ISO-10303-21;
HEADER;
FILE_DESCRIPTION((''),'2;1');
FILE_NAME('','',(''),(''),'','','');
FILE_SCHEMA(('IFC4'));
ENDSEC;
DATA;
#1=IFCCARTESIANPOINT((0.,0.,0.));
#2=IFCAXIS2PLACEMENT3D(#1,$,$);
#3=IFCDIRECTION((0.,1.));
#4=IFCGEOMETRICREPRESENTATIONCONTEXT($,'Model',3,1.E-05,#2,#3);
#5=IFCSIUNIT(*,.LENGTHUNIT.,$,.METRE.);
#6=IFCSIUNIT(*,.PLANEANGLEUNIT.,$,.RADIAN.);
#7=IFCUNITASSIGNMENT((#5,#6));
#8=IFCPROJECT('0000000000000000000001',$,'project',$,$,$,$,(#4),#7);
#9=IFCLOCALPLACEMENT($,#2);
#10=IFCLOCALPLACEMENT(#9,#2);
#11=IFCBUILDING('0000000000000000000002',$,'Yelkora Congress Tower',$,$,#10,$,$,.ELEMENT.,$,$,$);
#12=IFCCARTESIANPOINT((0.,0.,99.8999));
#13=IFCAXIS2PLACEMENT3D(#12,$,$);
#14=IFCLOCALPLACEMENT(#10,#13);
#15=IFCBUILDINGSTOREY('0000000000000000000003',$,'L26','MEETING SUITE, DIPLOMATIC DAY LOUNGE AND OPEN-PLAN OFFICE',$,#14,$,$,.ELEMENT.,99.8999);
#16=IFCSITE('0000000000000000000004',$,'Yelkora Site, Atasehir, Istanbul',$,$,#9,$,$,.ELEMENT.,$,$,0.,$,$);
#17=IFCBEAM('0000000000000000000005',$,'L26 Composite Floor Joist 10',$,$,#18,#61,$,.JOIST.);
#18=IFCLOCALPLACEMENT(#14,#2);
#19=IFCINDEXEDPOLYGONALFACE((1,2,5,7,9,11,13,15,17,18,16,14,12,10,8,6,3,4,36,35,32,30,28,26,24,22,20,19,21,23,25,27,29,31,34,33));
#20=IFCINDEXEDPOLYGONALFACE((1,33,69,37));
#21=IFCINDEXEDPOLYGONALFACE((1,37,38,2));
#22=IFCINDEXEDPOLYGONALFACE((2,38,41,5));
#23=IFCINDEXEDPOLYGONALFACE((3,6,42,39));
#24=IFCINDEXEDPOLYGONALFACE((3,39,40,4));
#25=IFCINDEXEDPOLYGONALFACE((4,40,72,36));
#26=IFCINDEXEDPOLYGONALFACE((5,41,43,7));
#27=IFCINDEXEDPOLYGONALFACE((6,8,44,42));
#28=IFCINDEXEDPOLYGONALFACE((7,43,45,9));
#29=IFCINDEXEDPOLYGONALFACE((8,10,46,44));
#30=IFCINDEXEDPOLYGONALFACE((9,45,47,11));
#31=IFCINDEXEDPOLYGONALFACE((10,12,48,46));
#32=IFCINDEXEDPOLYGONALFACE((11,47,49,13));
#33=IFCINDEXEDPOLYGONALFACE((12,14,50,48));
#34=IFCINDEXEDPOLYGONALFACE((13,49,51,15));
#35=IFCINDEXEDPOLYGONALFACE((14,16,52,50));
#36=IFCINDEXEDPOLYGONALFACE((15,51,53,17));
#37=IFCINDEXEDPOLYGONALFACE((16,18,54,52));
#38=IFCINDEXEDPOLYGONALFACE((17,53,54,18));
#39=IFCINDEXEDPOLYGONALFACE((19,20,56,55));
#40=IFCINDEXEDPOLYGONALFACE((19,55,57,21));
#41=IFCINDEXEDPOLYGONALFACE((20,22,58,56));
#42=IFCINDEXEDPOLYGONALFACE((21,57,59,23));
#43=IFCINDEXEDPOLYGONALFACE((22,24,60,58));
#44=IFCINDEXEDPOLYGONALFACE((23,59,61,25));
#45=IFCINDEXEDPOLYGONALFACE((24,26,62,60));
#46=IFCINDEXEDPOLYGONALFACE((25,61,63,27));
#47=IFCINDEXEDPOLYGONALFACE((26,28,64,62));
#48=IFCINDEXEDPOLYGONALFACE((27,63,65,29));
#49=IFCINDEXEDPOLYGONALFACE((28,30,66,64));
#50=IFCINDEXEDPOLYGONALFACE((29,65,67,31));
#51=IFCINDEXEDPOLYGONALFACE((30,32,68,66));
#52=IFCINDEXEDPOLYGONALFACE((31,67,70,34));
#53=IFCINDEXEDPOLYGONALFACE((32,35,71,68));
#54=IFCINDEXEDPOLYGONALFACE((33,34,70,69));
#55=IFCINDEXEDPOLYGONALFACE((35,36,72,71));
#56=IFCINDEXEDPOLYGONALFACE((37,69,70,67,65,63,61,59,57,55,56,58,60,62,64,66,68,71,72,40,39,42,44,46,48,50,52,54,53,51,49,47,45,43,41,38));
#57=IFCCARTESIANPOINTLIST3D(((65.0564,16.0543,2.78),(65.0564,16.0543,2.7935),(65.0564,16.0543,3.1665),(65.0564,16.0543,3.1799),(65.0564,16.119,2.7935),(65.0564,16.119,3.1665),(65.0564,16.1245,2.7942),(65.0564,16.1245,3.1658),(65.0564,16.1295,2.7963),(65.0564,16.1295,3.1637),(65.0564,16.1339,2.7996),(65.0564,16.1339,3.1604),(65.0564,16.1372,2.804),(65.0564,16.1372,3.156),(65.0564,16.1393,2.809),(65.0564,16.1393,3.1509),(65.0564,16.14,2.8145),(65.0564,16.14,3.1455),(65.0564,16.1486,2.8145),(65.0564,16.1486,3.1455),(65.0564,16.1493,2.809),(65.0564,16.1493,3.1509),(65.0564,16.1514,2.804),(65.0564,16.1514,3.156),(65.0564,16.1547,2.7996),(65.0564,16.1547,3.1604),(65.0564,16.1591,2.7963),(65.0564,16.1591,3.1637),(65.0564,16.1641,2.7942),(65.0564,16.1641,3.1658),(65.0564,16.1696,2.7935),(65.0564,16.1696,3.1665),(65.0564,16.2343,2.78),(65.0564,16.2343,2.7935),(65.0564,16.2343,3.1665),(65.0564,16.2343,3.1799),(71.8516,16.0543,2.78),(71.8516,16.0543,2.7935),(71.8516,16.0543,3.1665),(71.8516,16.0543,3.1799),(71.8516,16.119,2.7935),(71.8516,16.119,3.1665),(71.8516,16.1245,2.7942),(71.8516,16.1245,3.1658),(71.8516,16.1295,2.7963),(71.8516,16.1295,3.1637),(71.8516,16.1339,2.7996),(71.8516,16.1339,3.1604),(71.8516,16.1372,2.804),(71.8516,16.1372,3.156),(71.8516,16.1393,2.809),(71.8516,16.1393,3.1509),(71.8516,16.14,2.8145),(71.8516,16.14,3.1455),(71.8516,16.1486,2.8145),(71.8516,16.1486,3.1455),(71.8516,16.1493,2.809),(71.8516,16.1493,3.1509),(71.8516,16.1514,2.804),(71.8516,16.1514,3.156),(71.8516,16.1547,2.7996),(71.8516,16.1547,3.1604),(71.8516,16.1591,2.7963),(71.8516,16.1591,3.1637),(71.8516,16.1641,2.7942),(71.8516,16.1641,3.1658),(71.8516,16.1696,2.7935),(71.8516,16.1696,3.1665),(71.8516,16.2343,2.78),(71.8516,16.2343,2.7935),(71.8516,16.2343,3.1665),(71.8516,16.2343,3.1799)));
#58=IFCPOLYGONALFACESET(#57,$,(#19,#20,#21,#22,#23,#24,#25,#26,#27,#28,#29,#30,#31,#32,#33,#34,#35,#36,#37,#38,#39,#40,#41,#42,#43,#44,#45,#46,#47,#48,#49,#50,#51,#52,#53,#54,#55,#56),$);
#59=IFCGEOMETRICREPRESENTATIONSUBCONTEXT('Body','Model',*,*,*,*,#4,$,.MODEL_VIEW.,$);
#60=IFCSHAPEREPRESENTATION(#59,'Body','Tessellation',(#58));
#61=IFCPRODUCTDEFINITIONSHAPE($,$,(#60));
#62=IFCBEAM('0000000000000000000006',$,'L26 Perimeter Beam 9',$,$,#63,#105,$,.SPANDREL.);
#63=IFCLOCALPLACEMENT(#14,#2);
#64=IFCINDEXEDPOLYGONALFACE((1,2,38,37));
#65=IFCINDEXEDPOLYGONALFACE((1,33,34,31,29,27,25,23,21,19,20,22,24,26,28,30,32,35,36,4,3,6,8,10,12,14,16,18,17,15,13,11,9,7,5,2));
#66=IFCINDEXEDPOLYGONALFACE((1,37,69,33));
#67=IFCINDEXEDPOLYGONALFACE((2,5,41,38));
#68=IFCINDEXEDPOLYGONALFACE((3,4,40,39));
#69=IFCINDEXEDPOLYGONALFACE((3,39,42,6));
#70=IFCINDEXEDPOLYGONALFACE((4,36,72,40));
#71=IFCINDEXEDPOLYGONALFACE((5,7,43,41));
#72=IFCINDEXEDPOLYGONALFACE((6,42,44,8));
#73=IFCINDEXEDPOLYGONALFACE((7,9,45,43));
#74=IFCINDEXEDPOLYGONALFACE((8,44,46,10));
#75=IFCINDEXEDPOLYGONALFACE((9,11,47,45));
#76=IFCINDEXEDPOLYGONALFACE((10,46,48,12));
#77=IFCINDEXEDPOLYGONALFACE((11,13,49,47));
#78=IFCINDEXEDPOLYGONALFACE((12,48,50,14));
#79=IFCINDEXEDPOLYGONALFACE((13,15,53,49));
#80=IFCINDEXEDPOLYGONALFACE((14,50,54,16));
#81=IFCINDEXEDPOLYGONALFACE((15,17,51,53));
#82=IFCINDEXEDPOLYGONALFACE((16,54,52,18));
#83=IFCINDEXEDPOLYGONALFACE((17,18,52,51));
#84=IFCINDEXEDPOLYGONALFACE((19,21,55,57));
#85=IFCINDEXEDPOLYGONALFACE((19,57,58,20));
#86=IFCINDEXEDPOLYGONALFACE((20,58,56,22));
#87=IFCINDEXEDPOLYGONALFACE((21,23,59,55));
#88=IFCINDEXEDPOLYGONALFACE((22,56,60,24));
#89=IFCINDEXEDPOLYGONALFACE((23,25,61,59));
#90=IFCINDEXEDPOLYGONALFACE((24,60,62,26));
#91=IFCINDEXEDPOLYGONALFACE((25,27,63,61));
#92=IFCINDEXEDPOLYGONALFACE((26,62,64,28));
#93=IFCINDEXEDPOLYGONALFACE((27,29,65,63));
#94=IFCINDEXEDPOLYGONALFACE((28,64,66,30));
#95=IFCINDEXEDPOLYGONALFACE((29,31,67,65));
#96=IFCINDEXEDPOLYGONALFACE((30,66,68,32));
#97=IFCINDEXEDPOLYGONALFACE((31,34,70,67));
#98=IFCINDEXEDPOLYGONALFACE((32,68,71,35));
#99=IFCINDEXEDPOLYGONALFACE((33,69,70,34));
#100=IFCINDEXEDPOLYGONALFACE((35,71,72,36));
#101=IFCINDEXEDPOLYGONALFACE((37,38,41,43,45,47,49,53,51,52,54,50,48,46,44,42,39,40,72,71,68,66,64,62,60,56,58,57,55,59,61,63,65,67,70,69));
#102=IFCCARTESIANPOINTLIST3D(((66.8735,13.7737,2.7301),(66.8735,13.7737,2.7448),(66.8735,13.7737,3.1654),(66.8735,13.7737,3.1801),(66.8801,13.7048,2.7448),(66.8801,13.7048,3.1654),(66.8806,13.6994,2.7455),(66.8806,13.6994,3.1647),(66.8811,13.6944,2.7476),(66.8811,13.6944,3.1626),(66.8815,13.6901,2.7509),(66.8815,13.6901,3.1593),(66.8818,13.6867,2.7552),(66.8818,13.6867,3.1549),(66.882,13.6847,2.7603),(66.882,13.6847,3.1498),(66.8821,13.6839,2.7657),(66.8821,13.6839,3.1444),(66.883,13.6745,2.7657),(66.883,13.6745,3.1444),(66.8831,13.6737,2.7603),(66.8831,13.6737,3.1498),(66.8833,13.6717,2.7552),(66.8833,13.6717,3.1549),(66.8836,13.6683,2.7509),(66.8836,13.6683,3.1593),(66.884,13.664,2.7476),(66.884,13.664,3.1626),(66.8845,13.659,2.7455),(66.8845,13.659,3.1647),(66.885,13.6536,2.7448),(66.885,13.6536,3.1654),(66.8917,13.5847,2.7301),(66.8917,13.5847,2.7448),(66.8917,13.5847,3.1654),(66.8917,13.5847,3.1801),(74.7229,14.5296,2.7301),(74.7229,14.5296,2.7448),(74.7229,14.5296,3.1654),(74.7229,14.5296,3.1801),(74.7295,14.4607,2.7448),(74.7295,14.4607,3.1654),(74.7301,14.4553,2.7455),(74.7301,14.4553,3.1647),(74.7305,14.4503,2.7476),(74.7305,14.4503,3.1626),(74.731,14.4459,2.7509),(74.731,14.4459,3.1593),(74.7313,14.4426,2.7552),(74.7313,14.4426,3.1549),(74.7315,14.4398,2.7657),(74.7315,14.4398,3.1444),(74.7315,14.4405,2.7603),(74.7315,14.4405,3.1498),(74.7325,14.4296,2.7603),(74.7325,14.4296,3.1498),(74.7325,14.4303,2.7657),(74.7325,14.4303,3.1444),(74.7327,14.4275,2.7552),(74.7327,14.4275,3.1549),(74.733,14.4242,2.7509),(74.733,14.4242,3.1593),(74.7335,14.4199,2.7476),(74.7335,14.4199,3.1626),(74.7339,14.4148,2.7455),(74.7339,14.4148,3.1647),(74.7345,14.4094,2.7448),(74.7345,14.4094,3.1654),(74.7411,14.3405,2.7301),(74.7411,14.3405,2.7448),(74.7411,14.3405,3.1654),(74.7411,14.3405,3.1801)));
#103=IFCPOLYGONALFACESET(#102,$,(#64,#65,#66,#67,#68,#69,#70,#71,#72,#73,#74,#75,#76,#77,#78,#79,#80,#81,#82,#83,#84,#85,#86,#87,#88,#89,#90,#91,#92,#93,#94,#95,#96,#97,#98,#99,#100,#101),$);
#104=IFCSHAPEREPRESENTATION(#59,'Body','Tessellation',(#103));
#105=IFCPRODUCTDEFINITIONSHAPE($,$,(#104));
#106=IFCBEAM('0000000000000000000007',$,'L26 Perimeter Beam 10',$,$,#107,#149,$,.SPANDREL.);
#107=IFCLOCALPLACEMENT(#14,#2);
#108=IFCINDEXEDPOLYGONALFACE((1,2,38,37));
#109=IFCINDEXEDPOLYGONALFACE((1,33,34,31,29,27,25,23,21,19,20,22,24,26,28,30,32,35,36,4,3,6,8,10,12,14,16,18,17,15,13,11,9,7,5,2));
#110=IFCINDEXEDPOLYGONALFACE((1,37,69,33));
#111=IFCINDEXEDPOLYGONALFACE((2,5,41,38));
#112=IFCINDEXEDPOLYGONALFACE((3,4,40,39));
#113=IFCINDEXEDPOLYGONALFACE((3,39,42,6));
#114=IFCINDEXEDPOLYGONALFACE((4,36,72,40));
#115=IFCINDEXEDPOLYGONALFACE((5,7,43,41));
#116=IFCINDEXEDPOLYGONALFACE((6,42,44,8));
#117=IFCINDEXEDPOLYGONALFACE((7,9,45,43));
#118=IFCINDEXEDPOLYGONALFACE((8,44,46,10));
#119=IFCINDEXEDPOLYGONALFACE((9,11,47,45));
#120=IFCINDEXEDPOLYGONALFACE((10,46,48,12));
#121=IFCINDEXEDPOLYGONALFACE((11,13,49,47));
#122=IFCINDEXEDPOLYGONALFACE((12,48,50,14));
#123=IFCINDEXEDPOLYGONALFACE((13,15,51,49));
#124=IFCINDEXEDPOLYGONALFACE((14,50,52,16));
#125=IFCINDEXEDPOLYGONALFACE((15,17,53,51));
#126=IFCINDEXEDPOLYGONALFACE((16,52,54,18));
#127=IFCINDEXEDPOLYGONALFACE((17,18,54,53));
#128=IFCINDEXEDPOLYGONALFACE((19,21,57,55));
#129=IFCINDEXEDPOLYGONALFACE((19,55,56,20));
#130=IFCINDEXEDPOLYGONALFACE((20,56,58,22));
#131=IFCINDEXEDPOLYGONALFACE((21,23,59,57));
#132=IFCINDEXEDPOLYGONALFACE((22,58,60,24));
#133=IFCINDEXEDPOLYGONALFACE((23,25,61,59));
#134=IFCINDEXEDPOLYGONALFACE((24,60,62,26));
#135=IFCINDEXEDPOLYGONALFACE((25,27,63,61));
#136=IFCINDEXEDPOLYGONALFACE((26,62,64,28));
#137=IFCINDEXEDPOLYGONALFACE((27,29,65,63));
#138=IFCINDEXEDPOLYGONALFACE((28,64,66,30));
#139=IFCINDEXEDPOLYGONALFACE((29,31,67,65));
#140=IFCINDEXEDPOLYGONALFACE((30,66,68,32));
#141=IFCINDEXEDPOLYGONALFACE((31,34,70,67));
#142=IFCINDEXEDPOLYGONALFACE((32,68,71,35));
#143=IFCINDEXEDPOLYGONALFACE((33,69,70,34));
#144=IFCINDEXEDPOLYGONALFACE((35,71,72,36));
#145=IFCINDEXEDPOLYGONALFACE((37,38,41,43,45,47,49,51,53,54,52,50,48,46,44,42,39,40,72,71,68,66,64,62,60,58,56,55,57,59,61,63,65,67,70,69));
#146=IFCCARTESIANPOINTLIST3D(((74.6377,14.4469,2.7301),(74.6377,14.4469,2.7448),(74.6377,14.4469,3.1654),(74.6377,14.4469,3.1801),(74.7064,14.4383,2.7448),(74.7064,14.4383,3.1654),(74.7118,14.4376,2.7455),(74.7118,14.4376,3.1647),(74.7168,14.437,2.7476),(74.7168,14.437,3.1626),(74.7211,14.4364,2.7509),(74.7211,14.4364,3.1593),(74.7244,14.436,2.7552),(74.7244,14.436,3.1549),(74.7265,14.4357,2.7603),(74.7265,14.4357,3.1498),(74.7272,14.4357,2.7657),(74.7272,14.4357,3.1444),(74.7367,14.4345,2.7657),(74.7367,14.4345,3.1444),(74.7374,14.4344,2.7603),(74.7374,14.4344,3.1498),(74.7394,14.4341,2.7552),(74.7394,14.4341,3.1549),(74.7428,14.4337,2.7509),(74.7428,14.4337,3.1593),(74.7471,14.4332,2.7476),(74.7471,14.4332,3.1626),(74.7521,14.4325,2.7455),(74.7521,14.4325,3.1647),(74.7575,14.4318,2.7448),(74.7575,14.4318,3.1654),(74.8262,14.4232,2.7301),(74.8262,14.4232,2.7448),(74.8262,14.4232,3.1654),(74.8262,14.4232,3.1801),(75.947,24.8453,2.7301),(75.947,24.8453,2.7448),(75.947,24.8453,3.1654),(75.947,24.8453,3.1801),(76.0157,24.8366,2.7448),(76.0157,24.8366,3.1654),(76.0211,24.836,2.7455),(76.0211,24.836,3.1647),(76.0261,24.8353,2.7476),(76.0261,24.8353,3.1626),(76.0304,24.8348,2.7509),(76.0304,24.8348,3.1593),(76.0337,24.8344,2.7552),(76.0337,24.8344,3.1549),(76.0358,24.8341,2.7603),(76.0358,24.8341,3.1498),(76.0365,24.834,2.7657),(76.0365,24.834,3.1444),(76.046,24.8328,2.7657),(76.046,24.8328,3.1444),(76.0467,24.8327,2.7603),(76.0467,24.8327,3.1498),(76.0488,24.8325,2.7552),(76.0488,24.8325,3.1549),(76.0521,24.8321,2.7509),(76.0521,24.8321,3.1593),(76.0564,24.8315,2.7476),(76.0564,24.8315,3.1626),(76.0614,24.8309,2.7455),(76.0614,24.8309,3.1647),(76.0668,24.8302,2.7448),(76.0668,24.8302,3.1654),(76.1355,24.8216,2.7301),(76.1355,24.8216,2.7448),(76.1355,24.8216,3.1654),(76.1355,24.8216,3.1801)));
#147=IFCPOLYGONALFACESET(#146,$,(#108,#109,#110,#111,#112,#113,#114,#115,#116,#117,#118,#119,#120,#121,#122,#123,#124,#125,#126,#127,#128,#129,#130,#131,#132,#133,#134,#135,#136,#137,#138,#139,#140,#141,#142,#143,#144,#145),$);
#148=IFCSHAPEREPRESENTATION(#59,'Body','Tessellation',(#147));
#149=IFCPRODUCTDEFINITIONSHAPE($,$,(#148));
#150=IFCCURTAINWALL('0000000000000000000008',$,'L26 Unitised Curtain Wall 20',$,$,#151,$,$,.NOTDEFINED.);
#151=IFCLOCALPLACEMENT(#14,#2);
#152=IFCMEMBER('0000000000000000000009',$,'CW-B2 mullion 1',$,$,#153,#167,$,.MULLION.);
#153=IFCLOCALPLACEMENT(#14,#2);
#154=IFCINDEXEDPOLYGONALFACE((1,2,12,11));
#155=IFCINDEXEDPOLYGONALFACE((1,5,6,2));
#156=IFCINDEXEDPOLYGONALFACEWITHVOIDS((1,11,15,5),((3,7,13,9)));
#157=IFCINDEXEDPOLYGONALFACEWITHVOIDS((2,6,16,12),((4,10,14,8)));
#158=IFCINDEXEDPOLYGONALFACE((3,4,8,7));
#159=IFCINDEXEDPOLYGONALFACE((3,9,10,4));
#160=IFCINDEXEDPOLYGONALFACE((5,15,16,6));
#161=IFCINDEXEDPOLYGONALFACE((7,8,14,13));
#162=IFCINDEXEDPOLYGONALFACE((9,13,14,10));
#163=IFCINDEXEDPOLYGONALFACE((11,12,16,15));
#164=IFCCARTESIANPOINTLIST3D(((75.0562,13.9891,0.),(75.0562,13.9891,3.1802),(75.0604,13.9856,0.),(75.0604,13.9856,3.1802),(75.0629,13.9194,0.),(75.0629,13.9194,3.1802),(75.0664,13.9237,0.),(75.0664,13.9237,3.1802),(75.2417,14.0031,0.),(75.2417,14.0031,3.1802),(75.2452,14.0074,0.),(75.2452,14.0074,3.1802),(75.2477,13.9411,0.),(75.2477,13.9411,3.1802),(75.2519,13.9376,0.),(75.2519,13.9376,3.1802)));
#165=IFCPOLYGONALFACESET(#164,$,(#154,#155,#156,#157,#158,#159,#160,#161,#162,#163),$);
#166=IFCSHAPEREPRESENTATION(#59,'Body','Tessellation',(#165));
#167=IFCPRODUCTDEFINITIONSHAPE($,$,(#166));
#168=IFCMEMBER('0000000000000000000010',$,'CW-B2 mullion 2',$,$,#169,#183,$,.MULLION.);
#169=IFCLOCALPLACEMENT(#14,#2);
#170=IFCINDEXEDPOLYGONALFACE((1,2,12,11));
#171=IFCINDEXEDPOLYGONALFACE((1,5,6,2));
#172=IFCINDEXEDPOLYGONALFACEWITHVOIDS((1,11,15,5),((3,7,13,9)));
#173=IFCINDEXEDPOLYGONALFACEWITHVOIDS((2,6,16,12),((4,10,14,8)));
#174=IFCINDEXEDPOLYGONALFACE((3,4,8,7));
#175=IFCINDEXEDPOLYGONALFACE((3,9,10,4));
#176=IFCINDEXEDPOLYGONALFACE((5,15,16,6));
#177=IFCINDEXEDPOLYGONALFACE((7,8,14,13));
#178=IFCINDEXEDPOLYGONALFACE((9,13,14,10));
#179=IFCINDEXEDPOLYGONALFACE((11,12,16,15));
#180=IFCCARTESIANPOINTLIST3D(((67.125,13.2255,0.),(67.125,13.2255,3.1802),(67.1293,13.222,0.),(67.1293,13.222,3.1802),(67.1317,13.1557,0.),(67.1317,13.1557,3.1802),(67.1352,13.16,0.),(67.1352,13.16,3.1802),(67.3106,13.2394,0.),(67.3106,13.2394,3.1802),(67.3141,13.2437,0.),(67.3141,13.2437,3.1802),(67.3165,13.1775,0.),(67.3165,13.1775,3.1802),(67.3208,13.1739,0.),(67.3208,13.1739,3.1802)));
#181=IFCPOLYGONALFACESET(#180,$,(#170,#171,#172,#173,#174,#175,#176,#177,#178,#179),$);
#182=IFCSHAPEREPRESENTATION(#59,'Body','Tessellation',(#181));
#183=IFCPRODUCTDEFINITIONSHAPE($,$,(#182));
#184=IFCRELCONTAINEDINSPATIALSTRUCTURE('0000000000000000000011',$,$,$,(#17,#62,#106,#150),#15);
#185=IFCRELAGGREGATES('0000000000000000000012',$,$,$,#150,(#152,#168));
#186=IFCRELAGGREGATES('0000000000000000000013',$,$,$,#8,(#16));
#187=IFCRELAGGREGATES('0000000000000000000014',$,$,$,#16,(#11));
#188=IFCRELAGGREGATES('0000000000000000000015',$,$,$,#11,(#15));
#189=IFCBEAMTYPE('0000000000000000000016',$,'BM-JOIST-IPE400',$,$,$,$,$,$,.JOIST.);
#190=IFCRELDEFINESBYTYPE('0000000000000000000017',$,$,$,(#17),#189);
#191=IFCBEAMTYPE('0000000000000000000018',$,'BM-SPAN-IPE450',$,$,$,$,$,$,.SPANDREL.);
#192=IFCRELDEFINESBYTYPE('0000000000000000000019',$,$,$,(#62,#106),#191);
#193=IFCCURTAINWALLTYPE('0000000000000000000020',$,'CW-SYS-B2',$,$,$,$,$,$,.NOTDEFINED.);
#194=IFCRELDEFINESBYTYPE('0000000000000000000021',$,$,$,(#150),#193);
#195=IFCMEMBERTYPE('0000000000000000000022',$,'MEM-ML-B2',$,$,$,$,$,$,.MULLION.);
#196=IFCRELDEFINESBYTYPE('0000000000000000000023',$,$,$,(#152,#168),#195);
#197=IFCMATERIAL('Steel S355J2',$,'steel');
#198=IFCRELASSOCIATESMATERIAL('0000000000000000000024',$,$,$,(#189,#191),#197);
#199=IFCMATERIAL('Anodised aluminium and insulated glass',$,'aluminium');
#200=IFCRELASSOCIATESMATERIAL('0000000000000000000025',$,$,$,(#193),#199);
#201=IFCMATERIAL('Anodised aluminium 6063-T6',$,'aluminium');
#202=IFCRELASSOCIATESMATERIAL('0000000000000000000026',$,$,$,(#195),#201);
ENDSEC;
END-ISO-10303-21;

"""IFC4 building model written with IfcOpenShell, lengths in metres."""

from ifc_helpers import new_model, si_unit, direction, frame, origin, origin_2d, place, context, subcontext, project, spatial, hollow_rectangle, i_section, extrude, material, material_profile, profile_set, type_object, element, aggregate, save


model = new_model("IFC4")

# Units and contexts
model_context = context("Model", 3, precision=1e-05, world=origin(), true_north=direction((0.0, 1.0)))
body_context = subcontext(model_context, "Body", "Model", "MODEL_VIEW")
ifc_project = project(units=[si_unit("LENGTHUNIT", "METRE"), si_unit("PLANEANGLEUNIT", "RADIAN")], contexts=[model_context])

# Site, building, storey
site_placement = place(None, origin())
site = spatial("IfcSite", under=ifc_project, at=site_placement, Name="Yelkora Site, Atasehir, Istanbul", CompositionType="ELEMENT", RefElevation=0.0)
building_placement = place(site_placement, origin())
building = spatial("IfcBuilding", under=site, at=building_placement, Name="Yelkora Congress Tower", CompositionType="ELEMENT")
storey_placement = place(building_placement, frame((0.0, 0.0, 99.8999)))
storey = spatial("IfcBuildingStorey", under=building, at=storey_placement, Name="L26", Description="MEETING SUITE, DIPLOMATIC DAY LOUNGE AND OPEN-PLAN OFFICE", CompositionType="ELEMENT", Elevation=99.8999)

# Beams
ifc_material_1 = material(Name="Steel S355J2", Category="steel")
ifc_material_profile_1 = material_profile(ifc_material_1, i_section(OverallWidth=0.1799, OverallDepth=0.3999, WebThickness=0.0085, FlangeThickness=0.0134, FilletRadius=0.021, at=origin_2d()), Name="IPE 400")
ifc_profile_set_1 = profile_set([ifc_material_profile_1], Name="Steel S355J2")
beam_type_1 = type_object("IfcBeamType", Name="BM-JOIST-IPE400", PredefinedType="JOIST", material=ifc_profile_set_1)
beam_1_placement = place(storey_placement, frame((65.0564, 16.1443, 2.98), z_axis=(1.0, 0.0, 0.0), x_axis=(0.0, 1.0, 0.0)))
element("IfcBeam", 1, at=beam_1_placement, inside=storey, type_object=beam_type_1, Name="L26 Composite Floor Joist 10", PredefinedType="JOIST", context=body_context, shape_type="SweptSolid", body=[
    extrude(i_section(OverallWidth=0.1799, OverallDepth=0.3999, WebThickness=0.0085, FlangeThickness=0.0134, FilletRadius=0.021, at=origin_2d()), origin(), (0.0, 0.0, 1.0), 6.7952),
])
ifc_material_profile_2 = material_profile(ifc_material_1, i_section(OverallWidth=0.1899, OverallDepth=0.45, WebThickness=0.0095, FlangeThickness=0.0146, FilletRadius=0.021, at=origin_2d()), Name="IPE 450")
ifc_profile_set_2 = profile_set([ifc_material_profile_2], Name="Steel S355J2")
beam_type_2 = type_object("IfcBeamType", Name="BM-SPAN-IPE450", PredefinedType="SPANDREL", material=ifc_profile_set_2)
beam_2_placement = place(storey_placement, frame((66.8826, 13.6792, 2.9551), z_axis=(0.995396, 0.095852, 0.0), x_axis=(-0.095852, 0.995396, 0.0)))
element("IfcBeam", 2, at=beam_2_placement, inside=storey, type_object=beam_type_2, Name="L26 Perimeter Beam 9", PredefinedType="SPANDREL", context=body_context, shape_type="SweptSolid", body=[
    extrude(i_section(OverallWidth=0.1899, OverallDepth=0.45, WebThickness=0.0095, FlangeThickness=0.0146, FilletRadius=0.021, at=origin_2d()), origin(), (0.0, 0.0, 1.0), 7.8857),
])
beam_3_placement = place(storey_placement, frame((74.7319, 14.4351, 2.9551), z_axis=(0.124929, 0.992166, 0.0), x_axis=(-0.992166, 0.124929, 0.0)))
element("IfcBeam", 3, at=beam_3_placement, inside=storey, type_object=beam_type_2, Name="L26 Perimeter Beam 10", PredefinedType="SPANDREL", context=body_context, shape_type="SweptSolid", body=[
    extrude(i_section(OverallWidth=0.1899, OverallDepth=0.45, WebThickness=0.0095, FlangeThickness=0.0146, FilletRadius=0.021, at=origin_2d()), origin(), (0.0, 0.0, 1.0), 10.4805),
])

# Curtain wall, members
ifc_material_2 = material(Name="Anodised aluminium and insulated glass", Category="aluminium")
curtain_wall_type = type_object("IfcCurtainWallType", Name="CW-SYS-B2", PredefinedType="NOTDEFINED", material=ifc_material_2)
curtain_wall_placement = place(storey_placement, origin())
curtain_wall = element("IfcCurtainWall", 4, at=curtain_wall_placement, inside=storey, type_object=curtain_wall_type, Name="L26 Unitised Curtain Wall 20", PredefinedType="NOTDEFINED")
ifc_material_3 = material(Name="Anodised aluminium 6063-T6", Category="aluminium")
ifc_material_profile_3 = material_profile(ifc_material_3, hollow_rectangle(XDim=0.0701, YDim=0.1899, WallThickness=0.0039, at=origin_2d()), Name="ALU 70x190x4")
ifc_profile_set_3 = profile_set([ifc_material_profile_3], Name="Anodised aluminium 6063-T6")
member_type_1 = type_object("IfcMemberType", Name="MEM-ML-B2", PredefinedType="MULLION", material=ifc_profile_set_3)
member_1_placement = place(storey_placement, frame((75.1541, 13.9634, 0.0), z_axis=(0.0, 0.0, 1.0), x_axis=(0.095844, -0.995396, 0.0)))
member_1 = element("IfcMember", 5, at=member_1_placement, type_object=member_type_1, Name="CW-B2 mullion 1", PredefinedType="MULLION", context=body_context, shape_type="SweptSolid", body=[
    extrude(hollow_rectangle(XDim=0.0701, YDim=0.1899, WallThickness=0.0039, at=origin_2d()), origin(), (0.0, 0.0, 1.0), 3.1802),
])
member_2_placement = place(storey_placement, frame((67.2229, 13.1997, 0.0), z_axis=(0.0, 0.0, 1.0), x_axis=(0.095844, -0.995396, 0.0)))
member_2 = element("IfcMember", 6, at=member_2_placement, type_object=member_type_1, Name="CW-B2 mullion 2", PredefinedType="MULLION", context=body_context, shape_type="SweptSolid", body=[
    extrude(hollow_rectangle(XDim=0.0701, YDim=0.1899, WallThickness=0.0039, at=origin_2d()), origin(), (0.0, 0.0, 1.0), 3.1802),
])
aggregate(curtain_wall, [member_1, member_2])

save(model, "model.ifc")
